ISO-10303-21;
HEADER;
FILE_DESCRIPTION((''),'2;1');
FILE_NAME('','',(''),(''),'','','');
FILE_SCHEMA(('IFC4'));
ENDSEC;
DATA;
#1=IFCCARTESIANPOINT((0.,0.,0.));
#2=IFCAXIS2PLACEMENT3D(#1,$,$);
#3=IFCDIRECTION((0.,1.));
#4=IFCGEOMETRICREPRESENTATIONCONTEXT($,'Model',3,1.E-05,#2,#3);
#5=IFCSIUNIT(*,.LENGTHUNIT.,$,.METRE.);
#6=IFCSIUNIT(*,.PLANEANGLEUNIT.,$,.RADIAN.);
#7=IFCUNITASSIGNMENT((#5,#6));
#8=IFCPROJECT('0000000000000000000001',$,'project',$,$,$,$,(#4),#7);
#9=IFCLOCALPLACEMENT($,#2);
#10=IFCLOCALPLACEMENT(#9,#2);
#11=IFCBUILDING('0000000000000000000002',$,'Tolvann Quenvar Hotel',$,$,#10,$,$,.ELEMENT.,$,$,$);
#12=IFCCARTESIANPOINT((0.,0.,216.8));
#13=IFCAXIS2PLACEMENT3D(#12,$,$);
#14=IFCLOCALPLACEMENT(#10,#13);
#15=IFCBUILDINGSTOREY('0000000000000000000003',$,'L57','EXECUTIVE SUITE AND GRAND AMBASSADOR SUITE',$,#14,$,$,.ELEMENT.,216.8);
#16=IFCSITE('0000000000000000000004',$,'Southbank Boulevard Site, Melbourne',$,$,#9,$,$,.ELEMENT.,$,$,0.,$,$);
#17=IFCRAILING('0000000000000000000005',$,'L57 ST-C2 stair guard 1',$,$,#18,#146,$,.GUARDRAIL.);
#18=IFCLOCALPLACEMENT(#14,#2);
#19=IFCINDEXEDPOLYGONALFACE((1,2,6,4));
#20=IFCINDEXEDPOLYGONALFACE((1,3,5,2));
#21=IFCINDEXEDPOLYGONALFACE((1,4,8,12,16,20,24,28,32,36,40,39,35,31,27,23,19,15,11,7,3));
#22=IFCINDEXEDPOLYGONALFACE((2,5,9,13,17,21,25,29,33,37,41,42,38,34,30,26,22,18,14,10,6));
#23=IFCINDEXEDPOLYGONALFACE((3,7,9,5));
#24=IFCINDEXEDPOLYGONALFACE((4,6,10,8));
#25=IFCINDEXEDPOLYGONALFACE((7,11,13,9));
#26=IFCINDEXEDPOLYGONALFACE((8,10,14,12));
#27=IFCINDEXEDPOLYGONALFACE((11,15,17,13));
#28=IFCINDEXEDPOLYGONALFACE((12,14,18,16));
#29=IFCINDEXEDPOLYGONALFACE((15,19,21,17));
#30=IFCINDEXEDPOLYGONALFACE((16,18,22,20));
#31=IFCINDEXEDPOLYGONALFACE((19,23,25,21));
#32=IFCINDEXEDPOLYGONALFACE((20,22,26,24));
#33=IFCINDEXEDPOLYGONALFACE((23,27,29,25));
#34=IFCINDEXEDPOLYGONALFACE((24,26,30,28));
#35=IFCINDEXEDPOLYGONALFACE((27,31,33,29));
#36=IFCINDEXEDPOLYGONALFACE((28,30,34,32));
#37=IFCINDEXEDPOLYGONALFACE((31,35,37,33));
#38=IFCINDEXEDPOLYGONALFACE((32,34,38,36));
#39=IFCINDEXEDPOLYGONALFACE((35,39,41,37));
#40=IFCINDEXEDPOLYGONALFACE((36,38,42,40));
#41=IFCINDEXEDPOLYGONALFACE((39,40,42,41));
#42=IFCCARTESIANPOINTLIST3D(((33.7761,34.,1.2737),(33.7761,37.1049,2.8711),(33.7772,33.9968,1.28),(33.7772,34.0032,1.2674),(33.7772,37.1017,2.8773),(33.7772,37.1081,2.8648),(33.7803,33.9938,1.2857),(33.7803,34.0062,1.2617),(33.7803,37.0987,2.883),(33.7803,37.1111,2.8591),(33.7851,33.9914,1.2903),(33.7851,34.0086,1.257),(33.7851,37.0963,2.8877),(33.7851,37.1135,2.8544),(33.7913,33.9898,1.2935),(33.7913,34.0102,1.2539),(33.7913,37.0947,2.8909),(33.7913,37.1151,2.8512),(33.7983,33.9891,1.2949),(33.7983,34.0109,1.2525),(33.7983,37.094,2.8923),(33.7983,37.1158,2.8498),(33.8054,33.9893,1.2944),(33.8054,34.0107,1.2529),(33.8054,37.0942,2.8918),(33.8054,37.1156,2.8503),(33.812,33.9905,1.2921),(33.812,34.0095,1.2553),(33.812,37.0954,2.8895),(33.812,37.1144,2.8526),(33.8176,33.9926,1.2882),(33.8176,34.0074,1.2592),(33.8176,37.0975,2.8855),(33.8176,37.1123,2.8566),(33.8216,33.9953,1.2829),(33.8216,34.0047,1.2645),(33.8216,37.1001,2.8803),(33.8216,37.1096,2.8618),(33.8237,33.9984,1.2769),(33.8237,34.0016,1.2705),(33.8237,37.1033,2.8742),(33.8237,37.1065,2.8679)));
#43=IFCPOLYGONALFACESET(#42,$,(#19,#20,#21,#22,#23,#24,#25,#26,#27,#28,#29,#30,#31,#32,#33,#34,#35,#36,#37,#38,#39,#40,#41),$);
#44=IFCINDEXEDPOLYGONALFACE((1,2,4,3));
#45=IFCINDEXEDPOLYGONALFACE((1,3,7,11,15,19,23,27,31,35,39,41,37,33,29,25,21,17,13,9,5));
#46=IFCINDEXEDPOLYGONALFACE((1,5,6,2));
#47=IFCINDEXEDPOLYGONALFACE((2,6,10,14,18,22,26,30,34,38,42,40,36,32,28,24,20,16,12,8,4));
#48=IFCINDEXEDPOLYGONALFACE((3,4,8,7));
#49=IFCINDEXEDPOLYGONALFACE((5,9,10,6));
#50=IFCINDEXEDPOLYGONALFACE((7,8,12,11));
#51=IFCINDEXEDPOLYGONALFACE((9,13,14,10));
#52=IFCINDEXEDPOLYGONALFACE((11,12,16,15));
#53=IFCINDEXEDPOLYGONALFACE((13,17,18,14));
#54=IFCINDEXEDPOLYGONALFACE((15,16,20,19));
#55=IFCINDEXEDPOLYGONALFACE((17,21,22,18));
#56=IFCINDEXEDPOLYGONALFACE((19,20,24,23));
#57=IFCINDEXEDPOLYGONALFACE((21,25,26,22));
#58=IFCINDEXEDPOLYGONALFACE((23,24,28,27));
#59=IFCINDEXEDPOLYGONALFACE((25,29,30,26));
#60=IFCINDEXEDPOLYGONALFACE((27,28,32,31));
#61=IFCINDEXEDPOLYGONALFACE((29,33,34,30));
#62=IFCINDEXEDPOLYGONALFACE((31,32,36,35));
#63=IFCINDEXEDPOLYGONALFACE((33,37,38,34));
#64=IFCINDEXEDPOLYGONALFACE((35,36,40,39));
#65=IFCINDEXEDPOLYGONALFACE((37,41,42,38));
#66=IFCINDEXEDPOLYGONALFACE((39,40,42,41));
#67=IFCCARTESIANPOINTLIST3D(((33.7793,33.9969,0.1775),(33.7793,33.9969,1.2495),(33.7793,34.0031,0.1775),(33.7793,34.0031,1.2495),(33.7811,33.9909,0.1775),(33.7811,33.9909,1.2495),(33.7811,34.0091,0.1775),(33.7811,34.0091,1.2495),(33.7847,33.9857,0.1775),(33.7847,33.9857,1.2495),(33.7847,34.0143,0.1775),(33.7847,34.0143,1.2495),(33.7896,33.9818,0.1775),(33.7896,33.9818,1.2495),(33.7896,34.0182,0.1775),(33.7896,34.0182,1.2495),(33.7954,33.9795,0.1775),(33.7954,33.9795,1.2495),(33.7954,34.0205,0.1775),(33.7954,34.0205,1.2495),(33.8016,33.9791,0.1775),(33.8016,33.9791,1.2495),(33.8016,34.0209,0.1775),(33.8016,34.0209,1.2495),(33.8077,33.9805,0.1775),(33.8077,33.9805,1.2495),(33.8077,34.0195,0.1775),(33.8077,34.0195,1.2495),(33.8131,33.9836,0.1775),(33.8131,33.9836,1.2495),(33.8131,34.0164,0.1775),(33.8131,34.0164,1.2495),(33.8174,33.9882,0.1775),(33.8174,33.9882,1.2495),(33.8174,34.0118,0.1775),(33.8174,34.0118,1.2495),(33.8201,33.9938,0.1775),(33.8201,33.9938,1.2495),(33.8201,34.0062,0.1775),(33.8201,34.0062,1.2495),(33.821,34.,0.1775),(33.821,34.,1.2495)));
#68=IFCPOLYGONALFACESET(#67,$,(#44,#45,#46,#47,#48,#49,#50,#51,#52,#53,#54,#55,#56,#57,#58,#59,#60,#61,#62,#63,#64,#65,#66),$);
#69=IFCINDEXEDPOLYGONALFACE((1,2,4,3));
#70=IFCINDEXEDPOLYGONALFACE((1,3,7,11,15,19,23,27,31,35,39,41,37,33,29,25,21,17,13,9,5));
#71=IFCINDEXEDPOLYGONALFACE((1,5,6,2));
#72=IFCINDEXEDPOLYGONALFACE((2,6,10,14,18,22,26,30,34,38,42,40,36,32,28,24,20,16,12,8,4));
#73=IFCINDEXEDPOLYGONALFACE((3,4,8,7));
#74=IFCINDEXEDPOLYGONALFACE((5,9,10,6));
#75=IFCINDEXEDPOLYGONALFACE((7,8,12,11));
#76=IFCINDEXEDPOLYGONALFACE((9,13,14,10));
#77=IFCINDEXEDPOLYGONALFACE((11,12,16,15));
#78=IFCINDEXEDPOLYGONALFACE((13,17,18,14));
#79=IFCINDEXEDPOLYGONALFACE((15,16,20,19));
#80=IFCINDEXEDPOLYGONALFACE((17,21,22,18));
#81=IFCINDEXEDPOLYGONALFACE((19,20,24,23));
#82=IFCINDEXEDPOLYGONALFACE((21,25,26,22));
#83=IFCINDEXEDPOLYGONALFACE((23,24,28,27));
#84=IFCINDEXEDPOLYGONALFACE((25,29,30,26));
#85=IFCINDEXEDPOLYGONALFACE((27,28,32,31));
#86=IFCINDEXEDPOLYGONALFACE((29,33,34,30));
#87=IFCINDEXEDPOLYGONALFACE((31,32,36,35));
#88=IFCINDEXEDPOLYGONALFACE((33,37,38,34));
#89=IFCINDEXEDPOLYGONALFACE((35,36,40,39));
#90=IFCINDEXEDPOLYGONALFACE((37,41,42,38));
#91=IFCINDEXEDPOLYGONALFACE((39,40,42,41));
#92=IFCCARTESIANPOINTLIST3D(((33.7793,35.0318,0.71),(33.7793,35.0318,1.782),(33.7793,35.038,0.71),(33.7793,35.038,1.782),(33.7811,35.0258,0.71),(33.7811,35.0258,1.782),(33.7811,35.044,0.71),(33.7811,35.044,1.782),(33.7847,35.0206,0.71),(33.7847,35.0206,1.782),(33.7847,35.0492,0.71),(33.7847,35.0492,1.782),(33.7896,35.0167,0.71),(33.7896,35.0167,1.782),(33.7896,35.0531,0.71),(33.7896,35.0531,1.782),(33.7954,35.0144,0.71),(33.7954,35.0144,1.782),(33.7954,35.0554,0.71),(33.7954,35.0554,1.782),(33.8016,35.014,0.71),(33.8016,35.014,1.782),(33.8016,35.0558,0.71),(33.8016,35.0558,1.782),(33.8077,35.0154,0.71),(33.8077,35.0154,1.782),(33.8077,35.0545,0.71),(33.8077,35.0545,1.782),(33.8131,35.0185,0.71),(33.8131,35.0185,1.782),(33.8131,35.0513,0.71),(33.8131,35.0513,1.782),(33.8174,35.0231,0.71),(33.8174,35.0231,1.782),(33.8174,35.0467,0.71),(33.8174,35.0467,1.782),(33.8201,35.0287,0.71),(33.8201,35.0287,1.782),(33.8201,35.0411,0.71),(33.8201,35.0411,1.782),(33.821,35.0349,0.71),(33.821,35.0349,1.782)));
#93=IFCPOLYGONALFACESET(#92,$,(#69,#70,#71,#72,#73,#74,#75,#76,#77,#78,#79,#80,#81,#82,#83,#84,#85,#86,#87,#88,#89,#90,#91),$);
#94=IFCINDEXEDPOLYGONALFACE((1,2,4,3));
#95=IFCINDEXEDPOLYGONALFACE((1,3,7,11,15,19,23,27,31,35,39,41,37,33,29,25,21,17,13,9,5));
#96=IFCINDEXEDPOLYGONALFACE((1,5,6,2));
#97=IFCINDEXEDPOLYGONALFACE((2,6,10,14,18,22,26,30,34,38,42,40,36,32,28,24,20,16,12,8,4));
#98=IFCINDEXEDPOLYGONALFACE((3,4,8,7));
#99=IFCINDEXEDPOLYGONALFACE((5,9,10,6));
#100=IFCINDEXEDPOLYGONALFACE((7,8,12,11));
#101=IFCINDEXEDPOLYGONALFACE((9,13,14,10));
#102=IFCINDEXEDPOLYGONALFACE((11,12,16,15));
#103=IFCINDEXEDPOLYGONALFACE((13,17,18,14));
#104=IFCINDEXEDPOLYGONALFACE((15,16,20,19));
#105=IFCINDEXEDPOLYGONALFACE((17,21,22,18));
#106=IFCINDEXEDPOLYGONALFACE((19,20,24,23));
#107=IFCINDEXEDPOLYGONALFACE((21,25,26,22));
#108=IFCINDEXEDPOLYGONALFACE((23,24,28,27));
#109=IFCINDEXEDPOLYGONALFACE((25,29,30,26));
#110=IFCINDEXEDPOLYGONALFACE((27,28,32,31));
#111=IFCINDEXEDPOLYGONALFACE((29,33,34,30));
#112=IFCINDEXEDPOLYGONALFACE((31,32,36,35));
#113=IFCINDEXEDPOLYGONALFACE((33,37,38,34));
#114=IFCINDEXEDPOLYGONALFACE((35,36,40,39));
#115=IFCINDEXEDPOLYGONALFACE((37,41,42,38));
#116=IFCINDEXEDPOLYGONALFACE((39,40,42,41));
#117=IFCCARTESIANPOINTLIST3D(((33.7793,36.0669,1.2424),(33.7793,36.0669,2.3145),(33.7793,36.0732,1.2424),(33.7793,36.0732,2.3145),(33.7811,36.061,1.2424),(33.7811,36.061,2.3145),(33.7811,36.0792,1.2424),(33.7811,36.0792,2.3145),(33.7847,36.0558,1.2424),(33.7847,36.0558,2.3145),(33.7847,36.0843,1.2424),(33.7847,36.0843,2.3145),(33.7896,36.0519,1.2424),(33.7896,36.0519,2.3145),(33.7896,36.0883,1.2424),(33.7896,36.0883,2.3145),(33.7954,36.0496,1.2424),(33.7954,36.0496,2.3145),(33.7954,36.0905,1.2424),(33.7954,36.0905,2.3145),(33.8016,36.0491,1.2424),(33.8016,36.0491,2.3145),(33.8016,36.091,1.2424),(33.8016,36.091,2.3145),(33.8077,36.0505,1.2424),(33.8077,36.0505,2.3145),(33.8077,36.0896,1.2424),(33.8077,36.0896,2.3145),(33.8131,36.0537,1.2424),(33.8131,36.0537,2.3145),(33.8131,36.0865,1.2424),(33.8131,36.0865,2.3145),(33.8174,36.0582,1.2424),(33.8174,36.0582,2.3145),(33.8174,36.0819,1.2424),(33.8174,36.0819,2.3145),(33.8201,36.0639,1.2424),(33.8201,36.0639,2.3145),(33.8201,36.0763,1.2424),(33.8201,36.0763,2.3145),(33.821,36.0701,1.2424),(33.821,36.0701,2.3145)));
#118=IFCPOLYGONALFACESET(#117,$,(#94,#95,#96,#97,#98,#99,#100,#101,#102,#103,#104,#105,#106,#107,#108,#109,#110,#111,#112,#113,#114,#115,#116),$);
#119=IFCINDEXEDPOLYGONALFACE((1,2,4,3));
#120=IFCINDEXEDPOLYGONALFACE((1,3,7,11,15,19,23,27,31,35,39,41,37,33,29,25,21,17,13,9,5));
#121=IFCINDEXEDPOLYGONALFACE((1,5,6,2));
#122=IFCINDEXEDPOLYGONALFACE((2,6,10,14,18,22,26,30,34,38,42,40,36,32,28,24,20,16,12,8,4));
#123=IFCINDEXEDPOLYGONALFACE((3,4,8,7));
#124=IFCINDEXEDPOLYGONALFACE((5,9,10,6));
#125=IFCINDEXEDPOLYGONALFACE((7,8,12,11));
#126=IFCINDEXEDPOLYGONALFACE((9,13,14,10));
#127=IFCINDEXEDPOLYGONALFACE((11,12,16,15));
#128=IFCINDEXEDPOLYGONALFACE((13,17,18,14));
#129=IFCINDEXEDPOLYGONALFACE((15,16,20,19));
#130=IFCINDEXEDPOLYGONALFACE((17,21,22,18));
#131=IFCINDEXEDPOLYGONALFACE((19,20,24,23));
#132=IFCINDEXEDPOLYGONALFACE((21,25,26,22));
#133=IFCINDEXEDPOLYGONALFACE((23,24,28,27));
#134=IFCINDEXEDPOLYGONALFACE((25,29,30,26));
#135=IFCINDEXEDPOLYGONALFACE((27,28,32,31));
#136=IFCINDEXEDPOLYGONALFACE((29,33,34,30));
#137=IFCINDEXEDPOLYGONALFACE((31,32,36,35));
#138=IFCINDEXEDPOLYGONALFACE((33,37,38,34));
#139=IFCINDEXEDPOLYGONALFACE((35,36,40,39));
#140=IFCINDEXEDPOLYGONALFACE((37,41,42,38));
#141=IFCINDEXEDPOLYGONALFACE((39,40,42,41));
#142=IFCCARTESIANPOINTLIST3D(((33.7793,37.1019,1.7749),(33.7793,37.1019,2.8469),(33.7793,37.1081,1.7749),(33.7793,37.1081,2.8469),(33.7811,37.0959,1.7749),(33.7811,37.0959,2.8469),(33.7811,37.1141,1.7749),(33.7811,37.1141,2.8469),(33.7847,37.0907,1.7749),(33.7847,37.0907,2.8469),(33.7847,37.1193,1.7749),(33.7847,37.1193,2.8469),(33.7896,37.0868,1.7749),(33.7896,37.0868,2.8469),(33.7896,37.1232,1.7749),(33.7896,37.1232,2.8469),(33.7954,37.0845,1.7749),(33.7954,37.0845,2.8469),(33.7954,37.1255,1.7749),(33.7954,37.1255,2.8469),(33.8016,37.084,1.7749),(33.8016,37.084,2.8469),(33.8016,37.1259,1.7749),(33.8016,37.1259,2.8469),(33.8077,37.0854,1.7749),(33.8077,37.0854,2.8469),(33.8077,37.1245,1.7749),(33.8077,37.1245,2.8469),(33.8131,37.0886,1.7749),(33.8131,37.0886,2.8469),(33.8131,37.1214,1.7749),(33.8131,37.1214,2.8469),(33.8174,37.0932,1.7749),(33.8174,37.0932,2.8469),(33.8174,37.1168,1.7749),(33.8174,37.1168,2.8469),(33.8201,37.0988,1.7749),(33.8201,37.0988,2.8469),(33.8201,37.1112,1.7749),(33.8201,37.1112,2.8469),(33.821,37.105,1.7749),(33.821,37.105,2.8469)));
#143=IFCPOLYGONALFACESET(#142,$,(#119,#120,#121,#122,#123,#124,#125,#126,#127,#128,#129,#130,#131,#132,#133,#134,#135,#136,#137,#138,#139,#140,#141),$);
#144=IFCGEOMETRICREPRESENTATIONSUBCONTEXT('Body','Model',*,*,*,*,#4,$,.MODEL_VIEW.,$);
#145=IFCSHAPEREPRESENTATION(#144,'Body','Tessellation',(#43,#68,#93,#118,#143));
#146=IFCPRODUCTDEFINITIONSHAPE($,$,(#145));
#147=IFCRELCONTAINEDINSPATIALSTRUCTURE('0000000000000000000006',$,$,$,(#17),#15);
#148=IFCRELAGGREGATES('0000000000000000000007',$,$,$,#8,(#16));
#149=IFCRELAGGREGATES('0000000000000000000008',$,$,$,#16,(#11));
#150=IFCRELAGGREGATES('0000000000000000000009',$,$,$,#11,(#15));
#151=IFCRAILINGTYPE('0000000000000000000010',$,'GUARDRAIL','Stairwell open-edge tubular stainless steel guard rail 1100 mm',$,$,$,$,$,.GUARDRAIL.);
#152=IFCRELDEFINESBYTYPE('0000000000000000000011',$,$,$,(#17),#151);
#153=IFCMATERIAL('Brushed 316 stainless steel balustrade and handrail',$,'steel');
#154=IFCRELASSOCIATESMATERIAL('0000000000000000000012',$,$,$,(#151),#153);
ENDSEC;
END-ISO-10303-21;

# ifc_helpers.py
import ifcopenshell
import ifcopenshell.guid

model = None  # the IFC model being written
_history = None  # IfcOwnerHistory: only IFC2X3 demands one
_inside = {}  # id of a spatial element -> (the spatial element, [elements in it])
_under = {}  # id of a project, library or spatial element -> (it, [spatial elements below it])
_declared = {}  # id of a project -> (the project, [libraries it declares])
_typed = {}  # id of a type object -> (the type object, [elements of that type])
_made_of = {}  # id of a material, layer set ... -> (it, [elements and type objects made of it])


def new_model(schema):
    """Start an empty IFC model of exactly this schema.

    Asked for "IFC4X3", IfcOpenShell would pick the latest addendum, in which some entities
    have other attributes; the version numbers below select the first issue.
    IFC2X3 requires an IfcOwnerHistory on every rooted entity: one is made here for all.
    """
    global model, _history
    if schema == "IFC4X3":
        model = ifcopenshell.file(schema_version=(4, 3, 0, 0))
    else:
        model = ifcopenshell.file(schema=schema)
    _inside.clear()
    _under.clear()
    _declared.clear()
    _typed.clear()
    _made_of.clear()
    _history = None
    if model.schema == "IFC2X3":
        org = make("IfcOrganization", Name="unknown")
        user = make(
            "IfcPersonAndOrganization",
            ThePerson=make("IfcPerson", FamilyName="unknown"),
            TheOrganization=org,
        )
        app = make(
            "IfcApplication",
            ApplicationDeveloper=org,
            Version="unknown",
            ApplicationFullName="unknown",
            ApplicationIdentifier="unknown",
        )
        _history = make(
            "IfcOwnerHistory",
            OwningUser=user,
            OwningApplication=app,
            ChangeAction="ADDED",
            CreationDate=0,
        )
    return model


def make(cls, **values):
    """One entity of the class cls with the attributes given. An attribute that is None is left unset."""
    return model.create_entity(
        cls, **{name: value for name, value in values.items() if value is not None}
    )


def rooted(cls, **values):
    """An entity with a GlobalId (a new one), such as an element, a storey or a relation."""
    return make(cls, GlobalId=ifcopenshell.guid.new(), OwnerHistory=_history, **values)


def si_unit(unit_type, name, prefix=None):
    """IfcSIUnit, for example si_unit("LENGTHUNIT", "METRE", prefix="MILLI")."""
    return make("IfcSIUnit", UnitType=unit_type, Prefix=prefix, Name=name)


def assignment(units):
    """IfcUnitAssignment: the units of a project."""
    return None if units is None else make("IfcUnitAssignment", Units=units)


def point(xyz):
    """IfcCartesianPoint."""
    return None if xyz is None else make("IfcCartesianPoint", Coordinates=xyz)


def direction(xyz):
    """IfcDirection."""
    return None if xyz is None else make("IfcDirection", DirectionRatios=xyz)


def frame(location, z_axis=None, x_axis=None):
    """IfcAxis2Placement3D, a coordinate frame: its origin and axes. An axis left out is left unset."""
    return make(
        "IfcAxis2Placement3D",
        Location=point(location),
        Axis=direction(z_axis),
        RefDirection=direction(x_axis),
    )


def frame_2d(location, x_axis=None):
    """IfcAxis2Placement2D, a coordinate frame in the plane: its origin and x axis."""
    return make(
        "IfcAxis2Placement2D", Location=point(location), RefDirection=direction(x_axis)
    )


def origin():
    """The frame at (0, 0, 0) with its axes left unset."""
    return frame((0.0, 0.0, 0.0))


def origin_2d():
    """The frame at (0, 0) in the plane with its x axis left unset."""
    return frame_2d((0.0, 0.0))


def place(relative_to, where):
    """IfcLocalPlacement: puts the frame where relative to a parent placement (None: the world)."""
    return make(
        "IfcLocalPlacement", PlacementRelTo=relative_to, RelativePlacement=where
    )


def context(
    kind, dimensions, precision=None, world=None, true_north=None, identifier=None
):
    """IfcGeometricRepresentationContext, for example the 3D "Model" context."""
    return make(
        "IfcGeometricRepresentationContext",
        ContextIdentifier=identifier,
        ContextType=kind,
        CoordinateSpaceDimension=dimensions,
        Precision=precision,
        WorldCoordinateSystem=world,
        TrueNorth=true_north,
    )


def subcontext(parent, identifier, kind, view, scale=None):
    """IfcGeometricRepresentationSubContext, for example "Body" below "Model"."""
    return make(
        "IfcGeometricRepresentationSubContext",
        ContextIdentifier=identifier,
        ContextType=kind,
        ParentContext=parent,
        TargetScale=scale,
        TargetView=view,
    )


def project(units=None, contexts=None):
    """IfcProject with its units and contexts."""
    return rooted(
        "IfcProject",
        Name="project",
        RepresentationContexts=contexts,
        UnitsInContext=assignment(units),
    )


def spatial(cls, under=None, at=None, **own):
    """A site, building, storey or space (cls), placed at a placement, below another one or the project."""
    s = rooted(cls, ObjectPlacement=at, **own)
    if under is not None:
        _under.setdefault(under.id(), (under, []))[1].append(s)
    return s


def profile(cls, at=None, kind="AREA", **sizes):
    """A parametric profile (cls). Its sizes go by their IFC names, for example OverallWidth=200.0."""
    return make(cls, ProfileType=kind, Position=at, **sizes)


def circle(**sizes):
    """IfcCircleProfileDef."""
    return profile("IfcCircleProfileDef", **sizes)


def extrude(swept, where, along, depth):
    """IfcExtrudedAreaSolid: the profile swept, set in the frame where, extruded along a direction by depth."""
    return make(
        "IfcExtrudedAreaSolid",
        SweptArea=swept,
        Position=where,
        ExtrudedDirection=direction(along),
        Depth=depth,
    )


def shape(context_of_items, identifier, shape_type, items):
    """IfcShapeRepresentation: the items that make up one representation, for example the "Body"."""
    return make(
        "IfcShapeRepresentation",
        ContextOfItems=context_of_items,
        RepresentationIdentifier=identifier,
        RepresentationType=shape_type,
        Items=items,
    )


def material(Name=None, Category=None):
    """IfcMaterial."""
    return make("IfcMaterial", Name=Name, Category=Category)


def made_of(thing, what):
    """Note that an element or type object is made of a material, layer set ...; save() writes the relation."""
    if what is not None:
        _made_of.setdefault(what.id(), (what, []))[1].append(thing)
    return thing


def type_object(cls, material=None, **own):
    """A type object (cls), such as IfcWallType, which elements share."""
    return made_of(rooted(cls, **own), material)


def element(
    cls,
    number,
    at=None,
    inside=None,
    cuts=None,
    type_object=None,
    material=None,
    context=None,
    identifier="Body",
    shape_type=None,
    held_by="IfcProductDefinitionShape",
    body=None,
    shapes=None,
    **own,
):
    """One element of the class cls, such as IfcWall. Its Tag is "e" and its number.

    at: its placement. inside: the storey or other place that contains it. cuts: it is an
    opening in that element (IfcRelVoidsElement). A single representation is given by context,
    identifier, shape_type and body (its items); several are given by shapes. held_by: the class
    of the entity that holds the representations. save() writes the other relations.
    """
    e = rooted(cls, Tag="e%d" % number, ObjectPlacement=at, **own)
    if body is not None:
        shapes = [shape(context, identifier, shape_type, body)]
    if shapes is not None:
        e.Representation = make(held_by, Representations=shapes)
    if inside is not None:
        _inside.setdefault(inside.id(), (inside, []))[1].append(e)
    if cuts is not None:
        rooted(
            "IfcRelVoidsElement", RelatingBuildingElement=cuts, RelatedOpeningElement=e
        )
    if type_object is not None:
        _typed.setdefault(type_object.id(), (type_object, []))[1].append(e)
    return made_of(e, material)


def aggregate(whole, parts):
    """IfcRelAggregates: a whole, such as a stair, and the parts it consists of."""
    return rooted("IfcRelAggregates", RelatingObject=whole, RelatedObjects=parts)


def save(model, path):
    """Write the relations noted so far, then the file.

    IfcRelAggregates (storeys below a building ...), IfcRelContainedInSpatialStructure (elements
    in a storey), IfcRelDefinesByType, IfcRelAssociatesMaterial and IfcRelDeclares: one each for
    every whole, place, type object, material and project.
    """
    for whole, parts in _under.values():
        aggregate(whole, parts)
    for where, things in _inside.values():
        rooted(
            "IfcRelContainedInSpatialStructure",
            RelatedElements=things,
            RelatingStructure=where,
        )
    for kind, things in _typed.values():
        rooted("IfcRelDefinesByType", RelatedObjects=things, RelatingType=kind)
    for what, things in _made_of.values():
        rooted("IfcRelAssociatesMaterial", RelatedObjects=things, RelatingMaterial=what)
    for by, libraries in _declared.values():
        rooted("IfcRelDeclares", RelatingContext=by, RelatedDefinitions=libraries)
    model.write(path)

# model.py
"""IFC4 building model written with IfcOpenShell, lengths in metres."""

from ifc_helpers import new_model, si_unit, direction, frame, origin, origin_2d, place, context, subcontext, project, spatial, circle, extrude, material, type_object, element, save


model = new_model("IFC4")

# Units and contexts
model_context = context("Model", 3, precision=1e-05, world=origin(), true_north=direction((0.0, 1.0)))
body_context = subcontext(model_context, "Body", "Model", "MODEL_VIEW")
ifc_project = project(units=[si_unit("LENGTHUNIT", "METRE"), si_unit("PLANEANGLEUNIT", "RADIAN")], contexts=[model_context])

# Site, building, storey
site_placement = place(None, origin())
site = spatial("IfcSite", under=ifc_project, at=site_placement, Name="Southbank Boulevard Site, Melbourne", CompositionType="ELEMENT", RefElevation=0.0)
building_placement = place(site_placement, origin())
building = spatial("IfcBuilding", under=site, at=building_placement, Name="Tolvann Quenvar Hotel", CompositionType="ELEMENT")
storey_placement = place(building_placement, frame((0.0, 0.0, 216.8)))
storey = spatial("IfcBuildingStorey", under=building, at=storey_placement, Name="L57", Description="EXECUTIVE SUITE AND GRAND AMBASSADOR SUITE", CompositionType="ELEMENT", Elevation=216.8)

# Railing
ifc_material_1 = material(Name="Brushed 316 stainless steel balustrade and handrail", Category="steel")
railing_type_1 = type_object("IfcRailingType", Name="GUARDRAIL", Description="Stairwell open-edge tubular stainless steel guard rail 1100 mm", PredefinedType="GUARDRAIL", material=ifc_material_1)
railing_1_placement = place(storey_placement, frame((33.8, 34.0, 0.1775)))
element("IfcRailing", 1, at=railing_1_placement, inside=storey, type_object=railing_type_1, Name="L57 ST-C2 stair guard 1", PredefinedType="GUARDRAIL", context=body_context, shape_type="SweptSolid", body=[
    extrude(circle(Radius=0.0239, at=origin_2d()), frame((0.0, 0.0, 1.0962), z_axis=(0.0, 0.889222, 0.457476), x_axis=(-1.0, 0.0, 0.0)), (0.0, 0.0, 1.0), 3.4917),
    extrude(circle(Radius=0.021, at=origin_2d()), origin(), (0.0, 0.0, 1.0), 1.072),
    extrude(circle(Radius=0.021, at=origin_2d()), frame((0.0, 1.0349, 0.5325)), (0.0, 0.0, 1.0), 1.072),
    extrude(circle(Radius=0.021, at=origin_2d()), frame((0.0, 2.0701, 1.0649)), (0.0, 0.0, 1.0), 1.072),
    extrude(circle(Radius=0.021, at=origin_2d()), frame((0.0, 3.105, 1.5974)), (0.0, 0.0, 1.0), 1.072),
])

save(model, "model.ifc")
